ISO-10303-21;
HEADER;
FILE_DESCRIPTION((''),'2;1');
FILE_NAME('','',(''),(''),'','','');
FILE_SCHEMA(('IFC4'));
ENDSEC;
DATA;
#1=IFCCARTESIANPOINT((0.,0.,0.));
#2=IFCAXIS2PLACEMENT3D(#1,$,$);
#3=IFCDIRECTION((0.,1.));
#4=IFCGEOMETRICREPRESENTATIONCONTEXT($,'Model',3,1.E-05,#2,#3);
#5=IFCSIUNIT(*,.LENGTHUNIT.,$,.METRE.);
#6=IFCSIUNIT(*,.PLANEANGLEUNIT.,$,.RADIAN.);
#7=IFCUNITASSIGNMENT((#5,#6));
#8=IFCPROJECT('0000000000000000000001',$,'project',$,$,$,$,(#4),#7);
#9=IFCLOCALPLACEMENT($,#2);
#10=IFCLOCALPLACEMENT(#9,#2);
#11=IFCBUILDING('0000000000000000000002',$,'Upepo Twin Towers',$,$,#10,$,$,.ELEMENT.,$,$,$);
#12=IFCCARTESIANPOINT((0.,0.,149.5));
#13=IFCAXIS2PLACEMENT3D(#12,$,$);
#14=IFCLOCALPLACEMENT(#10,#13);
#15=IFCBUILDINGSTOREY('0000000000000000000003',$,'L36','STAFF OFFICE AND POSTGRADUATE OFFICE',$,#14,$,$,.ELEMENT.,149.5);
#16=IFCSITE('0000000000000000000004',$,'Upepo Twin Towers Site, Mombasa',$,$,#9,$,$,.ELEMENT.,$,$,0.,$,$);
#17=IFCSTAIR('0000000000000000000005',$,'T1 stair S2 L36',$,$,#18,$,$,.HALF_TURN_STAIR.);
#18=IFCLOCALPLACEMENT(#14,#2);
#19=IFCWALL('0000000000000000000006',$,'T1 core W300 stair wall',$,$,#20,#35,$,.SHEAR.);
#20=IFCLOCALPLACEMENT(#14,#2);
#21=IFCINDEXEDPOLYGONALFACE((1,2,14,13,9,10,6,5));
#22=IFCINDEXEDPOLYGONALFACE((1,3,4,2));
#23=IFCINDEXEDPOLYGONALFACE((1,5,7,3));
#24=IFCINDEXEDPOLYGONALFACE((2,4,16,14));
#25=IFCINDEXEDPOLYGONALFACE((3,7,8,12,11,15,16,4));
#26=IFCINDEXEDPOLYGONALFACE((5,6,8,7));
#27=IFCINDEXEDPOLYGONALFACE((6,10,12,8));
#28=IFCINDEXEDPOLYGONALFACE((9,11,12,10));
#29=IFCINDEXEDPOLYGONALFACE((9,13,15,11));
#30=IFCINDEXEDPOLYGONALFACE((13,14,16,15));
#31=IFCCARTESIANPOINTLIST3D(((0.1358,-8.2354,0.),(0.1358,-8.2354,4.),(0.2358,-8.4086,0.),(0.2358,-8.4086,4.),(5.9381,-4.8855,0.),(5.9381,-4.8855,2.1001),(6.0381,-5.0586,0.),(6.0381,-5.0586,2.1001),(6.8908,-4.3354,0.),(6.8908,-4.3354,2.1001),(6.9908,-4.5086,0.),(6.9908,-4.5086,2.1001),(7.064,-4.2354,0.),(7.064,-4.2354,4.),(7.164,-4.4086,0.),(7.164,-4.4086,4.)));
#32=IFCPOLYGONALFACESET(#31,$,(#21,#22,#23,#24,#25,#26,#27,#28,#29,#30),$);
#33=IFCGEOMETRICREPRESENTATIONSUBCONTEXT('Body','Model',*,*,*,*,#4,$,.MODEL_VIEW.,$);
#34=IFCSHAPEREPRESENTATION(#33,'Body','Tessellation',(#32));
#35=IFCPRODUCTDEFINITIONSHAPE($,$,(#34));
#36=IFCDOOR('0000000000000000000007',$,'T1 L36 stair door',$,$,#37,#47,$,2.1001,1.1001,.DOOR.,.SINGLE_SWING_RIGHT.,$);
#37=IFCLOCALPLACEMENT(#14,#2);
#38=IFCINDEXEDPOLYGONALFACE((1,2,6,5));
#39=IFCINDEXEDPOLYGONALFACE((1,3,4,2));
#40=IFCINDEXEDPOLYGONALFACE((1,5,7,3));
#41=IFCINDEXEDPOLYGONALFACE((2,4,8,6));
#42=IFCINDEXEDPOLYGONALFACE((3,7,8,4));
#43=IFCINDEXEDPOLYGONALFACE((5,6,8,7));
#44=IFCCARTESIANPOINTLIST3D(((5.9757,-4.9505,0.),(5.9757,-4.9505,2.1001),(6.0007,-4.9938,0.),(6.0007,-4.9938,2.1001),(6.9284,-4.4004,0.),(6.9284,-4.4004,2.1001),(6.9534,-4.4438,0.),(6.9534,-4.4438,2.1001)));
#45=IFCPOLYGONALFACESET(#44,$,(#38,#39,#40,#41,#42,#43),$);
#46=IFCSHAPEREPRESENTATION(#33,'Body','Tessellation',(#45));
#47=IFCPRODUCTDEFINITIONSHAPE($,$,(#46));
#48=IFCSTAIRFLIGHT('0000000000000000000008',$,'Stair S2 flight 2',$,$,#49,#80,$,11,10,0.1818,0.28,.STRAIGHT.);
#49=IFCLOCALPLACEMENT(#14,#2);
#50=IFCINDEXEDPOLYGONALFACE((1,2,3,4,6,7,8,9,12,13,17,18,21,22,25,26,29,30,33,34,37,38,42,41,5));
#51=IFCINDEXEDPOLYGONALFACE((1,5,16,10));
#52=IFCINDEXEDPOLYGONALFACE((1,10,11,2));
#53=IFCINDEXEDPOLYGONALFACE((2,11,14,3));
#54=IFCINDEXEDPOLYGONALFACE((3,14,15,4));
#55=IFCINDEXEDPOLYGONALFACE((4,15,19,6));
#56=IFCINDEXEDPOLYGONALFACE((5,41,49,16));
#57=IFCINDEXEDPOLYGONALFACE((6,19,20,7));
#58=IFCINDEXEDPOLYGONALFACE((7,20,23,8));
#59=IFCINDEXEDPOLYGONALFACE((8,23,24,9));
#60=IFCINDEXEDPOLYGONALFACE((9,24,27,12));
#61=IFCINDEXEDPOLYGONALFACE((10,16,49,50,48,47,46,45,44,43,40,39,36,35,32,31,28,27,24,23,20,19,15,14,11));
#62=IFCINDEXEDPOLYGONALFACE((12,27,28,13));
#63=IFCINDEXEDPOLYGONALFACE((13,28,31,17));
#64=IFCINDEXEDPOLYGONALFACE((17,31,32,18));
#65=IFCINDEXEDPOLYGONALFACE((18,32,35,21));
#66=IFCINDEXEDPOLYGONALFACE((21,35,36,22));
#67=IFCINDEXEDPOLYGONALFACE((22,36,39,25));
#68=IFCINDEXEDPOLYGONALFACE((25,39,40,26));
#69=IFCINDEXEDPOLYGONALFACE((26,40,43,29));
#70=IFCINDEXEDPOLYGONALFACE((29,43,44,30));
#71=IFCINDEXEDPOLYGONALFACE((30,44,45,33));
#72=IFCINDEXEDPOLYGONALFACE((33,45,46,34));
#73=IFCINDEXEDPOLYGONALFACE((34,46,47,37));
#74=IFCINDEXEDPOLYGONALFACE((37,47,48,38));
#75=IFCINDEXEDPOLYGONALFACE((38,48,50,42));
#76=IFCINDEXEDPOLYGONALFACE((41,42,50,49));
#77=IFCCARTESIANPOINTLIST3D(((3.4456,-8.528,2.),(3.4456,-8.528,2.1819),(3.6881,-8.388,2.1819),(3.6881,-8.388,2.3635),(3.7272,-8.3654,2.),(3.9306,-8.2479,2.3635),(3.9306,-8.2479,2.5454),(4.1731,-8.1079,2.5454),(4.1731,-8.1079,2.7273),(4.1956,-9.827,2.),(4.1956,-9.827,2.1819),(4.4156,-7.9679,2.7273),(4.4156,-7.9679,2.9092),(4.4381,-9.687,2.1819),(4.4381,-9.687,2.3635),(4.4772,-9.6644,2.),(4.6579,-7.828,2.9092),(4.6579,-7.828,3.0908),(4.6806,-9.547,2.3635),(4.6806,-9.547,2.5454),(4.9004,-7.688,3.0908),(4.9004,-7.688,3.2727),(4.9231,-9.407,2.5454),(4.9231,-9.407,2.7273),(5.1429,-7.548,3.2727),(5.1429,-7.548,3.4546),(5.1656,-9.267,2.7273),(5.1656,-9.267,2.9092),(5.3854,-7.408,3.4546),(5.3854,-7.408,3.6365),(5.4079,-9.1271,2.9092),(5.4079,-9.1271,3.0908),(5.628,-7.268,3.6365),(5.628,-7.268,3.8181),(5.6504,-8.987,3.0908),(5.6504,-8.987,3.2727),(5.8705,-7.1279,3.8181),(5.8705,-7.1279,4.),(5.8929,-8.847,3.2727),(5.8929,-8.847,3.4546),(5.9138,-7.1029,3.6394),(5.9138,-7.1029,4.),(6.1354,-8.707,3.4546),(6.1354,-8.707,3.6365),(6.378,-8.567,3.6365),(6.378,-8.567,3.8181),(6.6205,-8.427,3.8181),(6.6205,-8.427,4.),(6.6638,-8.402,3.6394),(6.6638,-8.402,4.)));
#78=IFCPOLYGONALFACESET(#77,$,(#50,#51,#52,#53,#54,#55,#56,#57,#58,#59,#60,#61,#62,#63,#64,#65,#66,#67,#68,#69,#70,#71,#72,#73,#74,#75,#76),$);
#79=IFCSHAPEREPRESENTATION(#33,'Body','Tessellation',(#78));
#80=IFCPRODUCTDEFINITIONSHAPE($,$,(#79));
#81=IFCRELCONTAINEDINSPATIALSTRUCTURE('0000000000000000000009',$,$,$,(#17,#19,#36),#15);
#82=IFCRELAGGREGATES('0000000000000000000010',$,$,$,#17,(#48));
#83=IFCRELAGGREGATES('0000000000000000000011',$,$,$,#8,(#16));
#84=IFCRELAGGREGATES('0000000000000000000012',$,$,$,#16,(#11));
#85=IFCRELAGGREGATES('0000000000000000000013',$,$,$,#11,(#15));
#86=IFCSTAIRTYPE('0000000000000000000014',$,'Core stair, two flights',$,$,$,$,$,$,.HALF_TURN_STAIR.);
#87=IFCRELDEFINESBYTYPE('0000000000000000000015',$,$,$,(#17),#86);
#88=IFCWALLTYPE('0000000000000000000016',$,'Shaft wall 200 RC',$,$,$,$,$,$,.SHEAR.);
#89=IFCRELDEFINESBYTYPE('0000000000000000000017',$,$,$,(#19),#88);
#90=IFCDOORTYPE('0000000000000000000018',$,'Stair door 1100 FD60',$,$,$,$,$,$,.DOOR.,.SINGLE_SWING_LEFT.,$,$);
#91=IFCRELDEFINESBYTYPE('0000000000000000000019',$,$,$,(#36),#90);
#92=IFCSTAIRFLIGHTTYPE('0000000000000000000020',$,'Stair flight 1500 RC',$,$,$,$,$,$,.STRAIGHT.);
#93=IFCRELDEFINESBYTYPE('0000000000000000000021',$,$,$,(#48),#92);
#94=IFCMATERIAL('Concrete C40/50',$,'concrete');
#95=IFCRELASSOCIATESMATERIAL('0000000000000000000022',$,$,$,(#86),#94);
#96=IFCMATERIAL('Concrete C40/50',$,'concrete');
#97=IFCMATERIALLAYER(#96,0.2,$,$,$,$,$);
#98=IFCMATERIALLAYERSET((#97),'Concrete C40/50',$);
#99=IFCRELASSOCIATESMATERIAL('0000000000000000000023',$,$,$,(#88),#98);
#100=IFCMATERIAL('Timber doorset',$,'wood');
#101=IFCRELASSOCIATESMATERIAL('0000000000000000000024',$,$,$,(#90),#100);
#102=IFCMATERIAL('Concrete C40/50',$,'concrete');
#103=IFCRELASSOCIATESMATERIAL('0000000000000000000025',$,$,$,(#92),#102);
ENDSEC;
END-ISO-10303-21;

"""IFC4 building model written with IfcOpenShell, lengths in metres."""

from ifc_helpers import new_model, si_unit, direction, frame, frame_2d, origin, place, context, subcontext, project, spatial, polyline, rectangle, outline, extrude, material, layer, layer_set, type_object, element, fill, aggregate, save


model = new_model("IFC4")

# Units and contexts
model_context = context("Model", 3, precision=1e-05, world=origin(), true_north=direction((0.0, 1.0)))
body_context = subcontext(model_context, "Body", "Model", "MODEL_VIEW")
ifc_project = project(units=[si_unit("LENGTHUNIT", "METRE"), si_unit("PLANEANGLEUNIT", "RADIAN")], contexts=[model_context])

# Site, building, storey
site_placement = place(None, origin())
site = spatial("IfcSite", under=ifc_project, at=site_placement, Name="Upepo Twin Towers Site, Mombasa", CompositionType="ELEMENT", RefElevation=0.0)
building_placement = place(site_placement, origin())
building = spatial("IfcBuilding", under=site, at=building_placement, Name="Upepo Twin Towers", CompositionType="ELEMENT")
storey_placement = place(building_placement, frame((0.0, 0.0, 149.5)))
storey = spatial("IfcBuildingStorey", under=building, at=storey_placement, Name="L36", Description="STAFF OFFICE AND POSTGRADUATE OFFICE", CompositionType="ELEMENT", Elevation=149.5)

# Stair
ifc_material_1 = material(Name="Concrete C40/50", Category="concrete")
stair_type = type_object("IfcStairType", Name="Core stair, two flights", PredefinedType="HALF_TURN_STAIR", material=ifc_material_1)
stair_1_placement = place(storey_placement, origin())
stair_1 = element("IfcStair", 1, at=stair_1_placement, inside=storey, type_object=stair_type, Name="T1 stair S2 L36", PredefinedType="HALF_TURN_STAIR")

# Shared definitions
ifc_material_2 = material(Name="Concrete C40/50", Category="concrete")
ifc_layer_1 = layer(ifc_material_2, 0.2)
ifc_layer_set_1 = layer_set([ifc_layer_1], Name="Concrete C40/50")
wall_type = type_object("IfcWallType", Name="Shaft wall 200 RC", PredefinedType="SHEAR", material=ifc_layer_set_1)

# Wall, opening, door
wall_1_placement = place(storey_placement, frame((0.1858, -8.322, 0.0), z_axis=(0.0, 0.0, 1.0), x_axis=(0.866026, 0.499999, 0.0)))
wall_1 = element("IfcWall", 2, at=wall_1_placement, inside=storey, type_object=wall_type, Name="T1 core W300 stair wall", PredefinedType="SHEAR", context=body_context, shape_type="SweptSolid", body=[
    extrude(rectangle(XDim=8.0, YDim=0.2, at=frame_2d((4.0, 0.0))), origin(), (0.0, 0.0, 1.0), 4.0),
])
opening_placement = place(wall_1_placement, frame((6.7, 0.0, 0.0)))
opening = element("IfcOpeningElement", 3, at=opening_placement, cuts=wall_1, PredefinedType="OPENING", context=body_context, shape_type="SweptSolid", body=[
    extrude(rectangle(XDim=1.1001, YDim=2.1001, at=frame_2d((0.55, 1.05))), frame((0.0, 0.1099, 0.0), z_axis=(0.0, -1.0, 0.0), x_axis=(1.0, 0.0, 0.0)), (0.0, 0.0, 1.0), 0.22),
])
ifc_material_3 = material(Name="Timber doorset", Category="wood")
door_type = type_object("IfcDoorType", Name="Stair door 1100 FD60", OperationType="SINGLE_SWING_LEFT", PredefinedType="DOOR", material=ifc_material_3)
door_placement = place(opening_placement, origin())
door = element("IfcDoor", 4, at=door_placement, inside=storey, type_object=door_type, Name="T1 L36 stair door", OperationType="SINGLE_SWING_RIGHT", OverallHeight=2.1001, OverallWidth=1.1001, PredefinedType="DOOR", context=body_context, shape_type="SweptSolid", body=[
    extrude(rectangle(XDim=1.1001, YDim=2.1001, at=frame_2d((0.55, 1.05))), frame((0.0, 0.0249, 0.0), z_axis=(0.0, -1.0, 0.0), x_axis=(1.0, 0.0, 0.0)), (0.0, 0.0, 1.0), 0.05),
])
fill(opening, door)

# Stair flight
ifc_material_4 = material(Name="Concrete C40/50", Category="concrete")
stair_flight_type = type_object("IfcStairFlightType", Name="Stair flight 1500 RC", PredefinedType="STRAIGHT", material=ifc_material_4)
stair_flight_placement = place(storey_placement, frame((3.8206, -9.1775, 2.0), z_axis=(0.0, 0.0, 1.0), x_axis=(0.866025, 0.5, 0.0)))
stair_flight = element("IfcStairFlight", 5, at=stair_flight_placement, type_object=stair_flight_type, Name="Stair S2 flight 2", NumberOfRisers=11, NumberOfTreads=10, PredefinedType="STRAIGHT", RiserHeight=0.1818, TreadLength=0.28, context=body_context, shape_type="SweptSolid", body=[
    extrude(outline(polyline([(0.0, 0.0), (0.0, 0.1819), (0.28, 0.1819), (0.28, 0.3635), (0.5601, 0.3635), (0.5601, 0.5454), (0.8401, 0.5454), (0.8401, 0.7273), (1.1201, 0.7273), (1.1201, 0.9092), (1.3999, 0.9092), (1.3999, 1.0908), (1.6799, 1.0908), (1.6799, 1.2727), (1.96, 1.2727), (1.96, 1.4546), (2.24, 1.4546), (2.24, 1.6365), (2.52, 1.6365), (2.52, 1.8181), (2.8, 1.8181), (2.8, 2.0), (2.8501, 2.0), (2.8501, 1.6394), (0.3252, 0.0), (0.0, 0.0)])), frame((0.0, 0.75, 0.0), z_axis=(0.0, -1.0, 0.0), x_axis=(1.0, 0.0, 0.0)), (0.0, 0.0, 1.0), 1.5),
])
aggregate(stair_1, [stair_flight])

save(model, "model.ifc")
